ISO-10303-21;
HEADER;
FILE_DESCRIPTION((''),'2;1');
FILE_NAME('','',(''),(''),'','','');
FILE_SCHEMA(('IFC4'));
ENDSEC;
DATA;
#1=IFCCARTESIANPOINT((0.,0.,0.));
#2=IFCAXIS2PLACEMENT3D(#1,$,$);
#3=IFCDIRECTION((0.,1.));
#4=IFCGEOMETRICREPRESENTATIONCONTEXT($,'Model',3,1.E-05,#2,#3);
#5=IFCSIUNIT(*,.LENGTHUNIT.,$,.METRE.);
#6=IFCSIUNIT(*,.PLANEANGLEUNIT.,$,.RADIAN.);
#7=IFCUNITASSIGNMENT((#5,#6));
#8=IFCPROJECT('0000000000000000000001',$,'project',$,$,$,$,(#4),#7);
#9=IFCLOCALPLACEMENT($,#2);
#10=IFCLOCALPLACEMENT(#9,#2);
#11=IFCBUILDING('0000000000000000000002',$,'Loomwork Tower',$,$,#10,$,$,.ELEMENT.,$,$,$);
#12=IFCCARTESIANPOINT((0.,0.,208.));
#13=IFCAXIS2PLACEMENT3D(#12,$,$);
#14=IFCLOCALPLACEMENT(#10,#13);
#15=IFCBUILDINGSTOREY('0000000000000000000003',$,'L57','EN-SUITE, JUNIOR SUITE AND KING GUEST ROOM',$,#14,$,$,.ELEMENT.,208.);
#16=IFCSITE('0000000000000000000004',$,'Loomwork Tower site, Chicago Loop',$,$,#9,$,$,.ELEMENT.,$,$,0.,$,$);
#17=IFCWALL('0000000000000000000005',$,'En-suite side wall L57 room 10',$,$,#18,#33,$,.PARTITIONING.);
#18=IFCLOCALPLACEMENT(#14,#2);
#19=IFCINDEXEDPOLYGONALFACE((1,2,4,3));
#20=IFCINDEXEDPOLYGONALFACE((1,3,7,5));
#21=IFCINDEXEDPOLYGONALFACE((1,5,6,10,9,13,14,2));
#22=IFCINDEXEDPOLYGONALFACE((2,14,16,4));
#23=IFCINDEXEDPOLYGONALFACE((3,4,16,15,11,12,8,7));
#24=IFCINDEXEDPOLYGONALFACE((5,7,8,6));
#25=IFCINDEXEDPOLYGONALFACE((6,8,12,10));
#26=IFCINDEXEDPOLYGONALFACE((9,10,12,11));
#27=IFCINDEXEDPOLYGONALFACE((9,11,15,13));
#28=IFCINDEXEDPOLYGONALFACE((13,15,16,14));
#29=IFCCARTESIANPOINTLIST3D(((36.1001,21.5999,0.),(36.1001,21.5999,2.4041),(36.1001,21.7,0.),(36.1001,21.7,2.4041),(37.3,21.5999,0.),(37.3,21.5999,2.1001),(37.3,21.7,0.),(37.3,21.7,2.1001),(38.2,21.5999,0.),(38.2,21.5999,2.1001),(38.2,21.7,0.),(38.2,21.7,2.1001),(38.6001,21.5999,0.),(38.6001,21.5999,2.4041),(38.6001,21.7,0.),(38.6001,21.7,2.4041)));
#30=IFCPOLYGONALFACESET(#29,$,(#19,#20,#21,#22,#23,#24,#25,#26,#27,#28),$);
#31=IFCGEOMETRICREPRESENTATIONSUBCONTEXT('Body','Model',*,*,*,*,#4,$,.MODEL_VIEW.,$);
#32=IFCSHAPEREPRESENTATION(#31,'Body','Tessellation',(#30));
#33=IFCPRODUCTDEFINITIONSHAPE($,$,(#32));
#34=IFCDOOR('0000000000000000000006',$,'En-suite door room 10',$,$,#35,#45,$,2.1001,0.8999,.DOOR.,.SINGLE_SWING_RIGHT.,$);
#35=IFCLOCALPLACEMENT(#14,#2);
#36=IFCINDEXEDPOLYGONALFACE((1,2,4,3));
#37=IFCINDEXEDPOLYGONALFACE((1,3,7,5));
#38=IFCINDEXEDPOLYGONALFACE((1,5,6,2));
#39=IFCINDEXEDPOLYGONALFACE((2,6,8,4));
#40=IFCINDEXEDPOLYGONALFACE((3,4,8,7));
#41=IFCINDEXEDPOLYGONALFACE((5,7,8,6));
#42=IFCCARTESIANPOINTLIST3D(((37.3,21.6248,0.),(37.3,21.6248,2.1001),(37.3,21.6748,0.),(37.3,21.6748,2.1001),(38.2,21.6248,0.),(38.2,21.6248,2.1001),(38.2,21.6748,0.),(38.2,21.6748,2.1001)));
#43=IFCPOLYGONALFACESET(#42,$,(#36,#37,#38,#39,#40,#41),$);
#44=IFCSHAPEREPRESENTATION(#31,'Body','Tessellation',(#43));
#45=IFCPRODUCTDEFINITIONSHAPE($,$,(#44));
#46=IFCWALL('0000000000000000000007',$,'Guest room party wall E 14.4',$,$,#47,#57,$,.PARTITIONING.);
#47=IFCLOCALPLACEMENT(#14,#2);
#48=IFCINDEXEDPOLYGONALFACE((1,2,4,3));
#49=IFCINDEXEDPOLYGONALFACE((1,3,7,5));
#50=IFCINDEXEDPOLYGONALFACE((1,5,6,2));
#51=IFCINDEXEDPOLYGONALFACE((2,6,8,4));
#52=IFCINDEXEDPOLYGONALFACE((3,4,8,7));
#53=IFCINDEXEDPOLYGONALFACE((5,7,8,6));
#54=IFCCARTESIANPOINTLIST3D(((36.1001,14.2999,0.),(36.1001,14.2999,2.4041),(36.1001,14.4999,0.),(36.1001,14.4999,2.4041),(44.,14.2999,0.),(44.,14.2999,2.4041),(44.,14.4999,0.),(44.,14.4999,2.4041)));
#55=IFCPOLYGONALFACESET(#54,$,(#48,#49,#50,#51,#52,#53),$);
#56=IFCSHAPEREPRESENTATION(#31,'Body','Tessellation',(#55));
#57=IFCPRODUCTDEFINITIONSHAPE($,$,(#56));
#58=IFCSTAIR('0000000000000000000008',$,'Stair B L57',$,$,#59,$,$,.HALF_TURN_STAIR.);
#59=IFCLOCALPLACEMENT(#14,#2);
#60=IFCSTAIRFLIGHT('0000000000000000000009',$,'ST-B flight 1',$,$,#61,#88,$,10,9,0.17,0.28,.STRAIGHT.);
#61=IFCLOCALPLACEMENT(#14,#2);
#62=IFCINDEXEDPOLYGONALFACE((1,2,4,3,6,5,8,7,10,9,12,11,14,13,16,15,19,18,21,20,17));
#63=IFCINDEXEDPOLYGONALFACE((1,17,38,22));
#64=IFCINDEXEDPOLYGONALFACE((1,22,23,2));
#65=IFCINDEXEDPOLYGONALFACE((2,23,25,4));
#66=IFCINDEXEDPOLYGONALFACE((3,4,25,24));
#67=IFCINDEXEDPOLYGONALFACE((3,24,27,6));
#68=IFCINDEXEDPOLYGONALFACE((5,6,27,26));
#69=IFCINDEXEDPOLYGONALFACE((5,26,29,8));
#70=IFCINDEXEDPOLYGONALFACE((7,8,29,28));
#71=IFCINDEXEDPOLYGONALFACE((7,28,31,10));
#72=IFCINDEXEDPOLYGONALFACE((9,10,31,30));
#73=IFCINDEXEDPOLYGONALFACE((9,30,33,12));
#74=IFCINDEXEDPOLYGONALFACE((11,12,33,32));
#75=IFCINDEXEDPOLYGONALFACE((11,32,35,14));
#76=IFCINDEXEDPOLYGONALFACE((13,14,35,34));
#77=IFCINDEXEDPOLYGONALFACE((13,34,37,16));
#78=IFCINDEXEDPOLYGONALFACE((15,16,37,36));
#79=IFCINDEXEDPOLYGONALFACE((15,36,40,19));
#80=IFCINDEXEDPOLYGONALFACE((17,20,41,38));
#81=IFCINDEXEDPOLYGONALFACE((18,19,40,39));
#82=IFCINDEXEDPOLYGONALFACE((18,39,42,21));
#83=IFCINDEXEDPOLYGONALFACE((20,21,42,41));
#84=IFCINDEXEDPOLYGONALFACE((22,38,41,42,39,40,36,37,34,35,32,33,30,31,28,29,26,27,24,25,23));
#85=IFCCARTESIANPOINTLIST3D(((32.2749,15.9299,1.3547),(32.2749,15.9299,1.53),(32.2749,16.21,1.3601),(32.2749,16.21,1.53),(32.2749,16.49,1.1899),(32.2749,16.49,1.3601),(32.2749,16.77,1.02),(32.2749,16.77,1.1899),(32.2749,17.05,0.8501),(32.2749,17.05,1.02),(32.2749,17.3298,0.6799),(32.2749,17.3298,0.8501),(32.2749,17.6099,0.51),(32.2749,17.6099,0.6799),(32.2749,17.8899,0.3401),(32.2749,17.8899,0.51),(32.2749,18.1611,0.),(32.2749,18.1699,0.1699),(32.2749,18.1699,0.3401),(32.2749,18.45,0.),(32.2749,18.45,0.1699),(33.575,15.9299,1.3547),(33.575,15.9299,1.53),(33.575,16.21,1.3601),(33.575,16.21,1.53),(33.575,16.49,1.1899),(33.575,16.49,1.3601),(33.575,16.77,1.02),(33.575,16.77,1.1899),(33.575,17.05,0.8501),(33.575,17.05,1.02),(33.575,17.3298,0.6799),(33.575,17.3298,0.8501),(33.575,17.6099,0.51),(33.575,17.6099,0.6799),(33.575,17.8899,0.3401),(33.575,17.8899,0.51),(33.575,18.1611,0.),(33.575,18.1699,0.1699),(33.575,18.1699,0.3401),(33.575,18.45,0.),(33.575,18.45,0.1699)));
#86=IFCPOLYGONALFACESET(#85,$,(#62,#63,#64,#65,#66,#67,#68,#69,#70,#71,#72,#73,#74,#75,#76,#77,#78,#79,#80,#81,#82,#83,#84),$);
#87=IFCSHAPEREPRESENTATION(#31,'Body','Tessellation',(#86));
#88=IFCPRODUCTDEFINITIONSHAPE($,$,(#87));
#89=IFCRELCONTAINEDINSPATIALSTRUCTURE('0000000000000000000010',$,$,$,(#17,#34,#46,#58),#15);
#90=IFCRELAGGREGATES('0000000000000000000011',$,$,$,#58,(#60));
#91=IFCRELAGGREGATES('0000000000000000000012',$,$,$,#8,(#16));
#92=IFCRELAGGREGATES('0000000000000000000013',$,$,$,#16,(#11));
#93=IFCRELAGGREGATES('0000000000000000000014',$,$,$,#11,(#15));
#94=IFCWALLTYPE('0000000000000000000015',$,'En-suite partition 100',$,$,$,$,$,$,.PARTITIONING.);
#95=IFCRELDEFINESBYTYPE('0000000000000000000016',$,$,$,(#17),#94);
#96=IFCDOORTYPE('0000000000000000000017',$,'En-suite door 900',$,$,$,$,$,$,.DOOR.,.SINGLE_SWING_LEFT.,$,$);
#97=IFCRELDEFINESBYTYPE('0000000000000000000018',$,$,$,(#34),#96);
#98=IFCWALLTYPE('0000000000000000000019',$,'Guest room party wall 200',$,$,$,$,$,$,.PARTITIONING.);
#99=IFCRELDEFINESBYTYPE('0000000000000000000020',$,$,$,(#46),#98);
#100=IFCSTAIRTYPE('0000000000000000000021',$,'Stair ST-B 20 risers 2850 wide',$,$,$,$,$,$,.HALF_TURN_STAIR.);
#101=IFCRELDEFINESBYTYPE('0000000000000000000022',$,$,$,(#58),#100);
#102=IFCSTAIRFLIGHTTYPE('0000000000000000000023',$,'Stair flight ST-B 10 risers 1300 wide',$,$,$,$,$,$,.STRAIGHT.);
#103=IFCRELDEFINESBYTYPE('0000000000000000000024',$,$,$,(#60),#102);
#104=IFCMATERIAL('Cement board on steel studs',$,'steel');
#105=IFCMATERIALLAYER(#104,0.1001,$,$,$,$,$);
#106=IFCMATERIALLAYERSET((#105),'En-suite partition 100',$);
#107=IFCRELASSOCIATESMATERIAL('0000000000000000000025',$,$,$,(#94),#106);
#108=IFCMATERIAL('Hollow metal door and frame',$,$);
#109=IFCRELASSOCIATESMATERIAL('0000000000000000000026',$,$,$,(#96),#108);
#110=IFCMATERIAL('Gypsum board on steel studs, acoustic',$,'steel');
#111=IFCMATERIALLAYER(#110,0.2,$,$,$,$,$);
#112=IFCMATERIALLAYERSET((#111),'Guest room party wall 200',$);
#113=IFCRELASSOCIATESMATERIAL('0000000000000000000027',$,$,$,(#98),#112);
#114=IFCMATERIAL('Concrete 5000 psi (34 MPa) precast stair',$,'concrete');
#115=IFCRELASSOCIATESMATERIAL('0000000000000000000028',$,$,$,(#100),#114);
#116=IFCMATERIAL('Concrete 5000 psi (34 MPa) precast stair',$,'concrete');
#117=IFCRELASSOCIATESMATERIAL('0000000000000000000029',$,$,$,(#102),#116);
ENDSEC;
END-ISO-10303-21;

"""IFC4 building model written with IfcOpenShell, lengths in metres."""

from ifc_helpers import new_model, si_unit, direction, frame, frame_2d, origin, place, context, subcontext, project, spatial, polyline, rectangle, outline, extrude, material, layer, layer_set, type_object, element, fill, aggregate, save


model = new_model("IFC4")

# Units and contexts
model_context = context("Model", 3, precision=1e-05, world=origin(), true_north=direction((0.0, 1.0)))
body_context = subcontext(model_context, "Body", "Model", "MODEL_VIEW")
ifc_project = project(units=[si_unit("LENGTHUNIT", "METRE"), si_unit("PLANEANGLEUNIT", "RADIAN")], contexts=[model_context])

# Site, building, storey
site_placement = place(None, origin())
site = spatial("IfcSite", under=ifc_project, at=site_placement, Name="Loomwork Tower site, Chicago Loop", CompositionType="ELEMENT", RefElevation=0.0)
building_placement = place(site_placement, origin())
building = spatial("IfcBuilding", under=site, at=building_placement, Name="Loomwork Tower", CompositionType="ELEMENT")
storey_placement = place(building_placement, frame((0.0, 0.0, 208.0)))
storey = spatial("IfcBuildingStorey", under=building, at=storey_placement, Name="L57", Description="EN-SUITE, JUNIOR SUITE AND KING GUEST ROOM", CompositionType="ELEMENT", Elevation=208.0)

# Wall, opening, door
ifc_material_1 = material(Name="Cement board on steel studs", Category="steel")
ifc_layer_1 = layer(ifc_material_1, 0.1001)
ifc_layer_set_1 = layer_set([ifc_layer_1], Name="En-suite partition 100")
wall_type_1 = type_object("IfcWallType", Name="En-suite partition 100", PredefinedType="PARTITIONING", material=ifc_layer_set_1)
ifc_material_2 = material(Name="Hollow metal door and frame")
door_type_1 = type_object("IfcDoorType", Name="En-suite door 900", OperationType="SINGLE_SWING_LEFT", PredefinedType="DOOR", material=ifc_material_2)
wall_1_placement = place(storey_placement, frame((36.1001, 21.6499, 0.0), z_axis=(0.0, 0.0, 1.0), x_axis=(1.0, 0.0, 0.0)))
wall_1 = element("IfcWall", 1, at=wall_1_placement, inside=storey, type_object=wall_type_1, Name="En-suite side wall L57 room 10", PredefinedType="PARTITIONING", context=body_context, shape_type="SweptSolid", body=[
    extrude(rectangle(XDim=2.5, YDim=0.1001, at=frame_2d((1.25, 0.0))), origin(), (0.0, 0.0, 1.0), 2.4041),
])
opening_1_placement = place(wall_1_placement, frame((1.2, 0.0, 0.0)))
opening_1 = element("IfcOpeningElement", 2, at=opening_1_placement, cuts=wall_1, PredefinedType="OPENING", context=body_context, shape_type="SweptSolid", body=[
    extrude(rectangle(XDim=0.8999, YDim=2.1001, at=frame_2d((0.45, 1.05))), frame((0.0, 0.0601, 0.0), z_axis=(0.0, -1.0, 0.0), x_axis=(1.0, 0.0, 0.0)), (0.0, 0.0, 1.0), 0.1201),
])
door_1_placement = place(opening_1_placement, origin())
door_1 = element("IfcDoor", 3, at=door_1_placement, inside=storey, type_object=door_type_1, Name="En-suite door room 10", OperationType="SINGLE_SWING_RIGHT", OverallHeight=2.1001, OverallWidth=0.8999, PredefinedType="DOOR", context=body_context, shape_type="SweptSolid", body=[
    extrude(rectangle(XDim=0.8999, YDim=2.1001, at=frame_2d((0.45, 1.05))), frame((0.0, 0.0249, 0.0), z_axis=(0.0, -1.0, 0.0), x_axis=(1.0, 0.0, 0.0)), (0.0, 0.0, 1.0), 0.05),
])
fill(opening_1, door_1)

# Wall
ifc_material_3 = material(Name="Gypsum board on steel studs, acoustic", Category="steel")
ifc_layer_2 = layer(ifc_material_3, 0.2)
ifc_layer_set_2 = layer_set([ifc_layer_2], Name="Guest room party wall 200")
wall_type_2 = type_object("IfcWallType", Name="Guest room party wall 200", PredefinedType="PARTITIONING", material=ifc_layer_set_2)
wall_2_placement = place(storey_placement, frame((36.1001, 14.3999, 0.0), z_axis=(0.0, 0.0, 1.0), x_axis=(1.0, 0.0, 0.0)))
element("IfcWall", 4, at=wall_2_placement, inside=storey, type_object=wall_type_2, Name="Guest room party wall E 14.4", PredefinedType="PARTITIONING", context=body_context, shape_type="SweptSolid", body=[
    extrude(rectangle(XDim=7.8999, YDim=0.2, at=frame_2d((3.95, 0.0))), origin(), (0.0, 0.0, 1.0), 2.4041),
])

# Stair, stair flight
ifc_material_4 = material(Name="Concrete 5000 psi (34 MPa) precast stair", Category="concrete")
stair_type = type_object("IfcStairType", Name="Stair ST-B 20 risers 2850 wide", PredefinedType="HALF_TURN_STAIR", material=ifc_material_4)
stair_placement = place(storey_placement, origin())
stair = element("IfcStair", 5, at=stair_placement, inside=storey, type_object=stair_type, Name="Stair B L57", PredefinedType="HALF_TURN_STAIR")
ifc_material_5 = material(Name="Concrete 5000 psi (34 MPa) precast stair", Category="concrete")
stair_flight_type = type_object("IfcStairFlightType", Name="Stair flight ST-B 10 risers 1300 wide", PredefinedType="STRAIGHT", material=ifc_material_5)
stair_flight_placement = place(storey_placement, frame((32.925, 18.45, 0.0), z_axis=(0.0, 0.0, 1.0), x_axis=(0.0, -1.0, 0.0)))
stair_flight = element("IfcStairFlight", 6, at=stair_flight_placement, type_object=stair_flight_type, Name="ST-B flight 1", NumberOfRisers=10, NumberOfTreads=9, PredefinedType="STRAIGHT", RiserHeight=0.17, TreadLength=0.28, context=body_context, shape_type="SweptSolid", body=[
    extrude(outline(polyline([(0.0, 0.0), (0.0, 0.1699), (0.28, 0.1699), (0.28, 0.3401), (0.5601, 0.3401), (0.5601, 0.51), (0.8401, 0.51), (0.8401, 0.6799), (1.1201, 0.6799), (1.1201, 0.8501), (1.3999, 0.8501), (1.3999, 1.02), (1.6799, 1.02), (1.6799, 1.1899), (1.96, 1.1899), (1.96, 1.3601), (2.24, 1.3601), (2.24, 1.53), (2.52, 1.53), (2.52, 1.7), (2.52, 1.3547), (0.2888, 0.0), (0.0, 0.0)])), frame((0.0, 0.6499, 0.0), z_axis=(0.0, -1.0, 0.0), x_axis=(1.0, 0.0, 0.0)), (0.0, 0.0, 1.0), 1.3),
])
aggregate(stair, [stair_flight])

save(model, "model.ifc")
